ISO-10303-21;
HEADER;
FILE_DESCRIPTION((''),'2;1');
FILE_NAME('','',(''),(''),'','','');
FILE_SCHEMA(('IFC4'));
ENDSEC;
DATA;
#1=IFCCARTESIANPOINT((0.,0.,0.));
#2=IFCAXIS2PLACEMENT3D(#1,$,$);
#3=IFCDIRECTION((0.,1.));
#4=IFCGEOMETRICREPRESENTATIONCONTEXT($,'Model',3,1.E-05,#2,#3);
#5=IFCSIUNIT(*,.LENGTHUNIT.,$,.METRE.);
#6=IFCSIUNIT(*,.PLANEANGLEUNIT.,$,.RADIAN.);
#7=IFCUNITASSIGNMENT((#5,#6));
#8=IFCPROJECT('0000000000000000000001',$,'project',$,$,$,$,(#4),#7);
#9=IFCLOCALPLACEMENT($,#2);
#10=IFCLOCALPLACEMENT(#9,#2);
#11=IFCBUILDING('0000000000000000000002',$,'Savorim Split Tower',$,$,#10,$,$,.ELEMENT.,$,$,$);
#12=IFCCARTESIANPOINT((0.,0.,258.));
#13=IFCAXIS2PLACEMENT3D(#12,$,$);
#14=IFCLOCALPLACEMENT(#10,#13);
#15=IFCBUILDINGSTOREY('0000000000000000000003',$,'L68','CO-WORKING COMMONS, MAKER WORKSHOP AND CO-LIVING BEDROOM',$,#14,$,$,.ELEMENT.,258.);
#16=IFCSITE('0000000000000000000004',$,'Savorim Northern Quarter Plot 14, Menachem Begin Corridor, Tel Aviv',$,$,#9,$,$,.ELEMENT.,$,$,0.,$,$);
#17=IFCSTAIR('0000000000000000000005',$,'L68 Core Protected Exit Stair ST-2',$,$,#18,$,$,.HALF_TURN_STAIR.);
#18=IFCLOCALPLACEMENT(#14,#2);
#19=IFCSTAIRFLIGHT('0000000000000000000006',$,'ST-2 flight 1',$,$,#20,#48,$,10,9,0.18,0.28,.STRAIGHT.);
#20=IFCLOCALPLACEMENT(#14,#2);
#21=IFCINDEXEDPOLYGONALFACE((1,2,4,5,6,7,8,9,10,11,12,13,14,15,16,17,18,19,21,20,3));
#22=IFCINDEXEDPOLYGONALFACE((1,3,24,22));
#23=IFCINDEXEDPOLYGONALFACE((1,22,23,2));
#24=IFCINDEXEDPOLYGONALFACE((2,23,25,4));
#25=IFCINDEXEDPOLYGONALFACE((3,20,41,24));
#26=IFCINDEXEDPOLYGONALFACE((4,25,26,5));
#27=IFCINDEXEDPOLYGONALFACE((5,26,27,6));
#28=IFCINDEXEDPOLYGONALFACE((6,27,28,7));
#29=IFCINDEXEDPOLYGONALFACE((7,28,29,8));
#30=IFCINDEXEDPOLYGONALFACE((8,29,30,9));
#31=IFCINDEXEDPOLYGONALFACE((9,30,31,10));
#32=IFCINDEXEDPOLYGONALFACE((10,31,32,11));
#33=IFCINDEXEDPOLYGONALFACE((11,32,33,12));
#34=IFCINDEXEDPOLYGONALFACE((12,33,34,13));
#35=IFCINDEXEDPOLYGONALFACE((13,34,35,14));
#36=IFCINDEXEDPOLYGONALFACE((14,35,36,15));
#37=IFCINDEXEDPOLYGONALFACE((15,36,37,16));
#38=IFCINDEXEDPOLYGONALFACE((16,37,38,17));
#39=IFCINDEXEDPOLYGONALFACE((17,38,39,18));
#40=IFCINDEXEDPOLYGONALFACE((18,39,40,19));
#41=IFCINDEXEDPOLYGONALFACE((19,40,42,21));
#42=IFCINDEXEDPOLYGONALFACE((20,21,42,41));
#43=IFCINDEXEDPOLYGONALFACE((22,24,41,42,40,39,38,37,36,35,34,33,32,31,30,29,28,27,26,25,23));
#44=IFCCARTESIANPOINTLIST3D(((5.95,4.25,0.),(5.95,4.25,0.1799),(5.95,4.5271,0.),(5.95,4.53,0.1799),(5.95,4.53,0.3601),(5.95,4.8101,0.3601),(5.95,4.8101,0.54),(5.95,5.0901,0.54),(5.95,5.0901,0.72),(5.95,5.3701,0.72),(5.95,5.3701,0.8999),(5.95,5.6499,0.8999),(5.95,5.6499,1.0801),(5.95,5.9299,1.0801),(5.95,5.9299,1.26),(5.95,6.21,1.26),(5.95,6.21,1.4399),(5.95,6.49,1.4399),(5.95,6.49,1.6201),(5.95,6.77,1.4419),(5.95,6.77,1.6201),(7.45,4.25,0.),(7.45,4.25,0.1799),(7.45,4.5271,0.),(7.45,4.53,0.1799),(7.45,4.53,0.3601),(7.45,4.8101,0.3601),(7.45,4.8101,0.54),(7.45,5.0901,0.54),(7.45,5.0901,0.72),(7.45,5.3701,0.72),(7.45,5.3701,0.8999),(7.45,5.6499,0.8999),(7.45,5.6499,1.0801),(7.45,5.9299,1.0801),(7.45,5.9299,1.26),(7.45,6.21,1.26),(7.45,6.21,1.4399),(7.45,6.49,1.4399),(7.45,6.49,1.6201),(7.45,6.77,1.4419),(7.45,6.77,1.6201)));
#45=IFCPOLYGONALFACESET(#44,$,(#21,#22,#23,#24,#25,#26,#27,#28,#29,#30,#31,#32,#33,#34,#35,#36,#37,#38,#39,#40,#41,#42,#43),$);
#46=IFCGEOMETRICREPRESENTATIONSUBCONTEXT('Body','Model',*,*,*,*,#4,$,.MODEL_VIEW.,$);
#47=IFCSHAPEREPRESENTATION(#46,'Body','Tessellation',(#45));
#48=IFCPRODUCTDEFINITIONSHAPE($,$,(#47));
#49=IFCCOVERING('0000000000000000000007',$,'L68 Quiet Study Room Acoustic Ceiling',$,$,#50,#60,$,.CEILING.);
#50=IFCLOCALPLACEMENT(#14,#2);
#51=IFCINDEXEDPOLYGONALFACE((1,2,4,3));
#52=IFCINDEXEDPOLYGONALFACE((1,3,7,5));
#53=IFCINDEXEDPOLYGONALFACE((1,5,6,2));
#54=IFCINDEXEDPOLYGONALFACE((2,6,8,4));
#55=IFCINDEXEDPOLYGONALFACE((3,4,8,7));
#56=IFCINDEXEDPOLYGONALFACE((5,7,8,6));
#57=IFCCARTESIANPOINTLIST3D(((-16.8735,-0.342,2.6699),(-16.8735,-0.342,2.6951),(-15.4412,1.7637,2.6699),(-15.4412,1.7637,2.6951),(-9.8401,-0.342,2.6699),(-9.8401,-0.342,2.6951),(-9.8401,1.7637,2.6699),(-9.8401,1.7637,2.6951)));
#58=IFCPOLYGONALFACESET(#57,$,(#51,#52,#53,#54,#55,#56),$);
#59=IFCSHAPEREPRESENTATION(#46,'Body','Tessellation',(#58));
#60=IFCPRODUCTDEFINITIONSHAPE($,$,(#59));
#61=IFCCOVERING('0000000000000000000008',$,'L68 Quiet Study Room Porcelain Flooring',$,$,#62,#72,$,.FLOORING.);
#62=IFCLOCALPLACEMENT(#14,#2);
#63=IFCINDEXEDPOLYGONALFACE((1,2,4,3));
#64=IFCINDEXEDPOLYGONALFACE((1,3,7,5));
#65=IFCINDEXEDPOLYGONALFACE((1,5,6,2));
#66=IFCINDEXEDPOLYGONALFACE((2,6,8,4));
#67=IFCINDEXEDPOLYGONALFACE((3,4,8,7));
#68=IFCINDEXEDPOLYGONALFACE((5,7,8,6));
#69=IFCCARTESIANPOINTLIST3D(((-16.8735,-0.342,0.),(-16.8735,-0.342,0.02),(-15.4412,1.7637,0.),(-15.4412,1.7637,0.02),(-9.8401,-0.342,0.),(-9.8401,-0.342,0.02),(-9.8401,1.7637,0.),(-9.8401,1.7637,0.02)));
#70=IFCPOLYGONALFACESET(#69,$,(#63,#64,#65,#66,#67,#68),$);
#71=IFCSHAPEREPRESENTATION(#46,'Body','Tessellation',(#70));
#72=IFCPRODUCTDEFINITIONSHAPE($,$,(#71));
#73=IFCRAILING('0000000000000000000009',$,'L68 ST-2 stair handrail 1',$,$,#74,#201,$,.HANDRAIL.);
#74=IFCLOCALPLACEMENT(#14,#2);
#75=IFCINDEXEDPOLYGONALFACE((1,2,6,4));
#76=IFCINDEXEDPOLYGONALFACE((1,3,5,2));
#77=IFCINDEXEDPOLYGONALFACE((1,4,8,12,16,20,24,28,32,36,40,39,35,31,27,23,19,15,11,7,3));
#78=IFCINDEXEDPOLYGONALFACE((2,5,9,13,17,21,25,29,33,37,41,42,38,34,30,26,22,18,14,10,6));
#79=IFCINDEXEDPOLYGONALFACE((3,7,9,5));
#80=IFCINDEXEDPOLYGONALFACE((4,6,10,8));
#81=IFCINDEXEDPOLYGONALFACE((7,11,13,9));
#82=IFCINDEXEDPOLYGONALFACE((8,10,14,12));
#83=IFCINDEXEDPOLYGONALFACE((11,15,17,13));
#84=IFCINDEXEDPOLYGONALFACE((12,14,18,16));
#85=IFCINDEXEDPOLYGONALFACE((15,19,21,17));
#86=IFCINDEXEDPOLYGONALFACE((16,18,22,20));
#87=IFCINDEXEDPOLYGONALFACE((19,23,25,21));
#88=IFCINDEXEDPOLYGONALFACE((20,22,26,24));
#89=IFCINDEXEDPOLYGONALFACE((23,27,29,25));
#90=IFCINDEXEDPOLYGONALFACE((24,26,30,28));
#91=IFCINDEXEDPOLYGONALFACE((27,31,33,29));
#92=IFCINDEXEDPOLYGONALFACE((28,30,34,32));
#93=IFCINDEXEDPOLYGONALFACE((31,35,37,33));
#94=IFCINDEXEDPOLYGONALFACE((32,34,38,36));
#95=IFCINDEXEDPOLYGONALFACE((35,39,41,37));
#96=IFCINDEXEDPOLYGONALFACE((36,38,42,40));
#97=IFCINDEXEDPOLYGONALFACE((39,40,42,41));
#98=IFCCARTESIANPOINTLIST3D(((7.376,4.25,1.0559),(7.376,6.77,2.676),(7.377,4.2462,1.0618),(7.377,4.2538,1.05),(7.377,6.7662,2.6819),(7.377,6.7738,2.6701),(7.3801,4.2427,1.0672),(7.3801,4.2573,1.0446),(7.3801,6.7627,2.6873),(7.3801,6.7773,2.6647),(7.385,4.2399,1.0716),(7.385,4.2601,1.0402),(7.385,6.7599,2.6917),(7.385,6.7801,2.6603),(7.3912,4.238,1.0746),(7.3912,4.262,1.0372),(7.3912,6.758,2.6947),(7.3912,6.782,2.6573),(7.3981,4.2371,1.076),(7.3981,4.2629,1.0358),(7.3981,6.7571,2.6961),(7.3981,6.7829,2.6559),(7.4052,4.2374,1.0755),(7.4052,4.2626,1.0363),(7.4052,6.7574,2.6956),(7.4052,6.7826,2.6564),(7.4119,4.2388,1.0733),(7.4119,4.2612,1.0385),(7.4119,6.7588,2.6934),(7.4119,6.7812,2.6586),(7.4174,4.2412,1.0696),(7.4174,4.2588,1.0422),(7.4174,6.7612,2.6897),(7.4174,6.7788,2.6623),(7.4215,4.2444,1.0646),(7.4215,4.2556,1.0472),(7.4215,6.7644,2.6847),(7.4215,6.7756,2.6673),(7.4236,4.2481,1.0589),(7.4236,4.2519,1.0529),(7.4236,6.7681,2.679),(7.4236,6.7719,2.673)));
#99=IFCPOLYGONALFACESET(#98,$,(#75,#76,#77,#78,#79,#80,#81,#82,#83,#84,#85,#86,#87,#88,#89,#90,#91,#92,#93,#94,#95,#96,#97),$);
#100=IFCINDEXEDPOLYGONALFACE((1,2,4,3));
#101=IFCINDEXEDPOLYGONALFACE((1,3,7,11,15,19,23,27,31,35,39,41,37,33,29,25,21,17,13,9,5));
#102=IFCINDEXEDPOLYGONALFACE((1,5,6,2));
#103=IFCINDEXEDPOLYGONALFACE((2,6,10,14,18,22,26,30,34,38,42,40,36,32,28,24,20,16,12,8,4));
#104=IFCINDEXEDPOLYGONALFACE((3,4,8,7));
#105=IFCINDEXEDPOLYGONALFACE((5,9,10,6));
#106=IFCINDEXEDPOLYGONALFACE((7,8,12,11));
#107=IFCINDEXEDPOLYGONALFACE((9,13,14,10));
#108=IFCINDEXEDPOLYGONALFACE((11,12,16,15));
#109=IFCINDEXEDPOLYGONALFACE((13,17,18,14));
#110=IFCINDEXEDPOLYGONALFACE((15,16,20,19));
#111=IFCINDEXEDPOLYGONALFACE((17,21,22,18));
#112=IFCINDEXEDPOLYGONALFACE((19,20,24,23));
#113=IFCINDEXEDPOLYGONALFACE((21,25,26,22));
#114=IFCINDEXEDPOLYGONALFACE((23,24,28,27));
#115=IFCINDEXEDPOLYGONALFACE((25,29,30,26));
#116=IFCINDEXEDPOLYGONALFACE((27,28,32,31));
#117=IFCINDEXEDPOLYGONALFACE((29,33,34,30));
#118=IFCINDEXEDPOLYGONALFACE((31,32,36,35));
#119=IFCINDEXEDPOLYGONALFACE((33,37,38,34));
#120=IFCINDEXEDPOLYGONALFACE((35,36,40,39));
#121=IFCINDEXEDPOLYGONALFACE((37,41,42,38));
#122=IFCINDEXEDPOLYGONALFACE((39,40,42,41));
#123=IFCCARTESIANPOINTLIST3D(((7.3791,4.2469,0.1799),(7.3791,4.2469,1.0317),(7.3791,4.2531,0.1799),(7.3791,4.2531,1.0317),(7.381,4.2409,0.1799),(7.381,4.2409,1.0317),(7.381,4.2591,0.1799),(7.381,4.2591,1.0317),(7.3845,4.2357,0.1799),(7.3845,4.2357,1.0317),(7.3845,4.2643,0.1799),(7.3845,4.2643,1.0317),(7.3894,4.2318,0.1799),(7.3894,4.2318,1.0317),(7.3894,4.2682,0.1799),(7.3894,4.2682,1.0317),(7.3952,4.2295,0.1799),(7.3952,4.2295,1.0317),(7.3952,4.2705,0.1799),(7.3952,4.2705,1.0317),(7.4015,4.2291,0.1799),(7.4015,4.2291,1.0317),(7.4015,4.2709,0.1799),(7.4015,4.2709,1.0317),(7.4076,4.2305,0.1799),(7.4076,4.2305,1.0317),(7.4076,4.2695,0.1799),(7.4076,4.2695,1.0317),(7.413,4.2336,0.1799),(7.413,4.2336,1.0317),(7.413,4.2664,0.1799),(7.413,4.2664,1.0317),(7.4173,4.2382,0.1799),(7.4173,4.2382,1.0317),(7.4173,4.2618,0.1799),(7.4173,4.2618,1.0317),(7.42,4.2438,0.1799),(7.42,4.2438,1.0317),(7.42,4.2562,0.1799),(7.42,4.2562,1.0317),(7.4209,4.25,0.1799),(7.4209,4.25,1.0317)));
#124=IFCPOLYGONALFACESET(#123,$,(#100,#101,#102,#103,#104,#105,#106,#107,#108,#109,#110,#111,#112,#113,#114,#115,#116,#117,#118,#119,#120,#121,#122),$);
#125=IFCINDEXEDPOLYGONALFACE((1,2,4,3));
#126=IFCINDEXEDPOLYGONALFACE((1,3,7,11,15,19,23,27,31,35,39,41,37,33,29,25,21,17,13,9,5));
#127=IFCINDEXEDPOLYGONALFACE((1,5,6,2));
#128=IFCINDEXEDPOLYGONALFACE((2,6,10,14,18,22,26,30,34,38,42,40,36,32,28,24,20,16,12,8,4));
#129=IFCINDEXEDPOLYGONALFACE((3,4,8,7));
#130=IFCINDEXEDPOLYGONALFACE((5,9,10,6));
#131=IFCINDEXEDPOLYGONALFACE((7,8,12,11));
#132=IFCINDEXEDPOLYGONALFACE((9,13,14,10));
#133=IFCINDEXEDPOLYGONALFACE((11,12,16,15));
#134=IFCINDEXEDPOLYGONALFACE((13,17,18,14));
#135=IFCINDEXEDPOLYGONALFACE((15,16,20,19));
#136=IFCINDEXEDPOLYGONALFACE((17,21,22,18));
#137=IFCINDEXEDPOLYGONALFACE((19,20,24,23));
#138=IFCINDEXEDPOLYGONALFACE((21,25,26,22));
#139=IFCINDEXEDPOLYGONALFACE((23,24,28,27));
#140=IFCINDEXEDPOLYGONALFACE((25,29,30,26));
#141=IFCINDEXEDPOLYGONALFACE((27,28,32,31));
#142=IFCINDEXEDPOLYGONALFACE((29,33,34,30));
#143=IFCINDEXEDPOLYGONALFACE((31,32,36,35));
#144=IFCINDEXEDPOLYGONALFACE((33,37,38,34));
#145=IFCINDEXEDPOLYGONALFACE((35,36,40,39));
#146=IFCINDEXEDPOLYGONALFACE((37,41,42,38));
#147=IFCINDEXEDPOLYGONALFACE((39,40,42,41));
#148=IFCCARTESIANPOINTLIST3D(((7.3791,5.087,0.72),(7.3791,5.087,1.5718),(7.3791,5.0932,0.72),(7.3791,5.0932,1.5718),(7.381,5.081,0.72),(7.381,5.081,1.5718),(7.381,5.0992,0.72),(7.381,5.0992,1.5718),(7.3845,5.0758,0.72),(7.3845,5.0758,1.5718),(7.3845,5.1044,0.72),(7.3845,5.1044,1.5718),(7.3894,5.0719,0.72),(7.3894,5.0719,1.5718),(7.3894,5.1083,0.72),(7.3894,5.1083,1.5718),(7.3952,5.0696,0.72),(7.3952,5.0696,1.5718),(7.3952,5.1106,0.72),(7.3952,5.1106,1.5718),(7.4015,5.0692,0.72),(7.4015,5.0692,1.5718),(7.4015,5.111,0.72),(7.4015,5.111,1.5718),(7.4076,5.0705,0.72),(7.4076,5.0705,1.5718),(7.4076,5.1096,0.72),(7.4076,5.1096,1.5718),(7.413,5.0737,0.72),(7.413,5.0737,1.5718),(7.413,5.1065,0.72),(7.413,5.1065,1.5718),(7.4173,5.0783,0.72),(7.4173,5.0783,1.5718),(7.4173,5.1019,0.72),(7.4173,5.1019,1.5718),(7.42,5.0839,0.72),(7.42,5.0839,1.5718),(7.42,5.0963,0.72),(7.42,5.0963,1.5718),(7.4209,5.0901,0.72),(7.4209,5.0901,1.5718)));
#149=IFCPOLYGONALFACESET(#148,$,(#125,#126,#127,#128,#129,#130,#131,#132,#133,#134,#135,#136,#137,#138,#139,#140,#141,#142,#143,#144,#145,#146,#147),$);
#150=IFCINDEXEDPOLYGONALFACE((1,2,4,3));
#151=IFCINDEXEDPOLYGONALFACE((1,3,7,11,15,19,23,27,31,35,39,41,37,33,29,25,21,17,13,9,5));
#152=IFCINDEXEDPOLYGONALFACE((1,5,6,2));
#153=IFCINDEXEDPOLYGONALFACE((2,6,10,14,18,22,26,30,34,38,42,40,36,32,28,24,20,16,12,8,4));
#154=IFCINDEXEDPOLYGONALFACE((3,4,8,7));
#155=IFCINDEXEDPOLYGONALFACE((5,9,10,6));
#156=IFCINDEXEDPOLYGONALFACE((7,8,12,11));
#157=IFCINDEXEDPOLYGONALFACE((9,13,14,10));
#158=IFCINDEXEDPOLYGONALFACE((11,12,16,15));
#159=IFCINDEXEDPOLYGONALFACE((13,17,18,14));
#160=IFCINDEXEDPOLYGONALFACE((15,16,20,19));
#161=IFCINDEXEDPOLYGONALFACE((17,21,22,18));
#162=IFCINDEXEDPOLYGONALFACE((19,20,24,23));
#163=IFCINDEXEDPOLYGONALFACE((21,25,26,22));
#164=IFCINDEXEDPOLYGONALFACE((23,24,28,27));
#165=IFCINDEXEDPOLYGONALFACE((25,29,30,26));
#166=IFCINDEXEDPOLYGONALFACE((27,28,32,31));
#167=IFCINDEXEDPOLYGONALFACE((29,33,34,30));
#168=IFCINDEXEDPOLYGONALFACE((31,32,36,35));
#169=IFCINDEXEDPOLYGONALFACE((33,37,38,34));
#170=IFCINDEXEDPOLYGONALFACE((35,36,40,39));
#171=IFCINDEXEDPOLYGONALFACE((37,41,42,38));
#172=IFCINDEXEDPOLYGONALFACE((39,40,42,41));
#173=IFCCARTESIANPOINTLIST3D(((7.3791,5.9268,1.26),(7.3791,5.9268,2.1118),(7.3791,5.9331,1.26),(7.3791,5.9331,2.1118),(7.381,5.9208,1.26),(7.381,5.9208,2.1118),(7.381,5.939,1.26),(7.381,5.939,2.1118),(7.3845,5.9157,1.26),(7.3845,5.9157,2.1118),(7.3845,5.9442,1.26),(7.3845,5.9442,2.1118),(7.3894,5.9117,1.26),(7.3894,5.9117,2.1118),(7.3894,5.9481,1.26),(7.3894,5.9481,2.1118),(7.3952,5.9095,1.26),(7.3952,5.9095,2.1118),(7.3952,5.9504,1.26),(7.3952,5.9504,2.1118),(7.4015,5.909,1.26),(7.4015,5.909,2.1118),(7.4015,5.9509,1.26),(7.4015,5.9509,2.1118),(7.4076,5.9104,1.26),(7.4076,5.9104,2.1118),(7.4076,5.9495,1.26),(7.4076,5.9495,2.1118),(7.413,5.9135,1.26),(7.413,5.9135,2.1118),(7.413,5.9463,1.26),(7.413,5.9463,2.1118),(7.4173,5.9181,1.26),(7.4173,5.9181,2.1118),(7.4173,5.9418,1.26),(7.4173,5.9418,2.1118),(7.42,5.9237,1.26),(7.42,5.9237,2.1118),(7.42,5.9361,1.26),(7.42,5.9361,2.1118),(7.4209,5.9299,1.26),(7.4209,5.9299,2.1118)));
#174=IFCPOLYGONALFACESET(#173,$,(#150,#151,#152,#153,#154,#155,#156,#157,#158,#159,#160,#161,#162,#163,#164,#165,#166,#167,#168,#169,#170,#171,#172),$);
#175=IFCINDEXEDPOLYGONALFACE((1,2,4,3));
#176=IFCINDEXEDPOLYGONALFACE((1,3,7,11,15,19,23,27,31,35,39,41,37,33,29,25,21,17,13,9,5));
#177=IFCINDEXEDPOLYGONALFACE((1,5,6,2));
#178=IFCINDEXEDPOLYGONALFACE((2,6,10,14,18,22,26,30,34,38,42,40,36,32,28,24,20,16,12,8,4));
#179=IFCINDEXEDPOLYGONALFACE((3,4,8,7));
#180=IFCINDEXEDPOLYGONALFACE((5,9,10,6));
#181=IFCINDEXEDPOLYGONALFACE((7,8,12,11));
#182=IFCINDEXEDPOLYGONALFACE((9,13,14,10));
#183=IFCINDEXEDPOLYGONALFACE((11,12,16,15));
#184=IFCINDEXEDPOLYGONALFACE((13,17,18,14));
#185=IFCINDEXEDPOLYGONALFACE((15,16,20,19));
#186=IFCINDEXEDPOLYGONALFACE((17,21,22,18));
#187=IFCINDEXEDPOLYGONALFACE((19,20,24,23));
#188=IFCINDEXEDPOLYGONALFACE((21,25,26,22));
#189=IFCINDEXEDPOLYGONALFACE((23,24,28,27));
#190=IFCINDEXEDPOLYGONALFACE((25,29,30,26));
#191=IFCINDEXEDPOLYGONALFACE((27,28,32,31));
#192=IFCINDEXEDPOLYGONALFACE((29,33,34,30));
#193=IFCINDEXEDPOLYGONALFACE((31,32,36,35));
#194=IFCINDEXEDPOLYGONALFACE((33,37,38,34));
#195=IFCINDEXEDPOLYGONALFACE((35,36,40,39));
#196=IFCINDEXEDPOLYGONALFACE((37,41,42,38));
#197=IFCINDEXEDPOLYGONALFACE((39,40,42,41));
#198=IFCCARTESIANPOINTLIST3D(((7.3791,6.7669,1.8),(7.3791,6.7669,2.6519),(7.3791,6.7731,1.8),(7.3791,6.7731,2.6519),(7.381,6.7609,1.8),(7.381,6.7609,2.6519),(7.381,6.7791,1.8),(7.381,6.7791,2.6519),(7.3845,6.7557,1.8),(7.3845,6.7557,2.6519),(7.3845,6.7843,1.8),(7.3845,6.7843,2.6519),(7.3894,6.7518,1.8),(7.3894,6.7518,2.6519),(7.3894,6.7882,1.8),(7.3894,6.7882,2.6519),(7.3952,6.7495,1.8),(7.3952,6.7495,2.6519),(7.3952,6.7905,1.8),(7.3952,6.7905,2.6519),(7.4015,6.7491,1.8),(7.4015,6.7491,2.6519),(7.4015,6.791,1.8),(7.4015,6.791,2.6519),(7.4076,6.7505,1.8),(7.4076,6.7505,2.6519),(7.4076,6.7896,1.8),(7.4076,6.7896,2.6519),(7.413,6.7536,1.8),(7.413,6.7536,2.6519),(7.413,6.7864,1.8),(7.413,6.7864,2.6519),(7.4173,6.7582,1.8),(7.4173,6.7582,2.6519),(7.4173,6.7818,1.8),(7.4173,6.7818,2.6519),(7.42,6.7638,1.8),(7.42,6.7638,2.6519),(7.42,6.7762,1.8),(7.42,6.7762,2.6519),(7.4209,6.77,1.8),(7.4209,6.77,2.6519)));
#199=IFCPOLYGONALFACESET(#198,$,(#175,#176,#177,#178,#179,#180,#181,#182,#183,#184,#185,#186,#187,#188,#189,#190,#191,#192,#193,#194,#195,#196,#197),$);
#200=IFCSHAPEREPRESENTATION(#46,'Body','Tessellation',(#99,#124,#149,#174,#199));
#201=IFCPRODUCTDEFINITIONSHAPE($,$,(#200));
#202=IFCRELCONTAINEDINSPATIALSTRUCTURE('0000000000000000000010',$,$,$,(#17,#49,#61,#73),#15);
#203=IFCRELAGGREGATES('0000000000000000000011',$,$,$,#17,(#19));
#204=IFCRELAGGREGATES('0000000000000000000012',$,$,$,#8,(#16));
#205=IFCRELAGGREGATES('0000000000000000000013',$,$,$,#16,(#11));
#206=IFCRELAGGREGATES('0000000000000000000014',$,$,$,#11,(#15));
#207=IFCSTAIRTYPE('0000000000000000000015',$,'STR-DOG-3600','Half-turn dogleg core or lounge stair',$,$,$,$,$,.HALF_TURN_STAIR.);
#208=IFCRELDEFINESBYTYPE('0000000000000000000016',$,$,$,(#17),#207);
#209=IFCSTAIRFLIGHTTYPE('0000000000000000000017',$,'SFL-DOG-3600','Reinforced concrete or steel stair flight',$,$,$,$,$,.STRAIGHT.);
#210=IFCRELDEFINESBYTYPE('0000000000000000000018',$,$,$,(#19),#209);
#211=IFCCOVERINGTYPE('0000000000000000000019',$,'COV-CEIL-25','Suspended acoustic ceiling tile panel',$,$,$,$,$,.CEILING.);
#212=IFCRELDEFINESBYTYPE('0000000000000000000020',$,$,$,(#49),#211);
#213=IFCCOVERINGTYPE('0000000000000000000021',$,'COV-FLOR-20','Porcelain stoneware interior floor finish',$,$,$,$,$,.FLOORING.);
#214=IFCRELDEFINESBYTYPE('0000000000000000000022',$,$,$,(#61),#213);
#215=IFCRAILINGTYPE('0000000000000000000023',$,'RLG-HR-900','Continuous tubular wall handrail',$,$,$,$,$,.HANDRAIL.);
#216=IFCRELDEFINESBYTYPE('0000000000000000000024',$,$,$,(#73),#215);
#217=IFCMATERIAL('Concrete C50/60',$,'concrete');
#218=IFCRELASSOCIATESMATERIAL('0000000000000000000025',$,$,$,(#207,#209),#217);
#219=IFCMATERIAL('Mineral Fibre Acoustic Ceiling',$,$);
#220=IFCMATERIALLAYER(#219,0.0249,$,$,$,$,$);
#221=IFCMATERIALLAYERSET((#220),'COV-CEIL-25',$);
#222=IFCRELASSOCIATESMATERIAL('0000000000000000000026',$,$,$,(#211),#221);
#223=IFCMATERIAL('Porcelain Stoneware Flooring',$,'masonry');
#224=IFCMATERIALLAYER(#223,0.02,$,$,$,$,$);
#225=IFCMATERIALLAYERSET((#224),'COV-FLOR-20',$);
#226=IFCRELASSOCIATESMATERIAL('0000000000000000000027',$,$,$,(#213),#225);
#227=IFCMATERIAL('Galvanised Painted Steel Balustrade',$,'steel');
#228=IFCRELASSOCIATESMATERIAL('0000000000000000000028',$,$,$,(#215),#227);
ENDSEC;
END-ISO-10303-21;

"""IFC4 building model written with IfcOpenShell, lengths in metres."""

from ifc_helpers import new_model, si_unit, direction, frame, origin, origin_2d, place, context, subcontext, project, spatial, polyline, circle, outline, extrude, material, layer, layer_set, type_object, element, aggregate, save


model = new_model("IFC4")

# Units and contexts
model_context = context("Model", 3, precision=1e-05, world=origin(), true_north=direction((0.0, 1.0)))
body_context = subcontext(model_context, "Body", "Model", "MODEL_VIEW")
ifc_project = project(units=[si_unit("LENGTHUNIT", "METRE"), si_unit("PLANEANGLEUNIT", "RADIAN")], contexts=[model_context])

# Site, building, storey
site_placement = place(None, origin())
site = spatial("IfcSite", under=ifc_project, at=site_placement, Name="Savorim Northern Quarter Plot 14, Menachem Begin Corridor, Tel Aviv", CompositionType="ELEMENT", RefElevation=0.0)
building_placement = place(site_placement, origin())
building = spatial("IfcBuilding", under=site, at=building_placement, Name="Savorim Split Tower", CompositionType="ELEMENT")
storey_placement = place(building_placement, frame((0.0, 0.0, 258.0)))
storey = spatial("IfcBuildingStorey", under=building, at=storey_placement, Name="L68", Description="CO-WORKING COMMONS, MAKER WORKSHOP AND CO-LIVING BEDROOM", CompositionType="ELEMENT", Elevation=258.0)

# Shared definitions
ifc_material_1 = material(Name="Concrete C50/60", Category="concrete")

# Stair, stair flight
stair_type = type_object("IfcStairType", Name="STR-DOG-3600", Description="Half-turn dogleg core or lounge stair", PredefinedType="HALF_TURN_STAIR", material=ifc_material_1)
stair_placement = place(storey_placement, origin())
stair = element("IfcStair", 1, at=stair_placement, inside=storey, type_object=stair_type, Name="L68 Core Protected Exit Stair ST-2", PredefinedType="HALF_TURN_STAIR")
stair_flight_type = type_object("IfcStairFlightType", Name="SFL-DOG-3600", Description="Reinforced concrete or steel stair flight", PredefinedType="STRAIGHT", material=ifc_material_1)
stair_flight_placement = place(storey_placement, frame((6.7, 4.25, 0.0), z_axis=(0.0, 0.0, 1.0), x_axis=(0.0, 1.0, 0.0)))
stair_flight = element("IfcStairFlight", 2, at=stair_flight_placement, type_object=stair_flight_type, Name="ST-2 flight 1", NumberOfRisers=10, NumberOfTreads=9, PredefinedType="STRAIGHT", RiserHeight=0.18, TreadLength=0.28, context=body_context, shape_type="SweptSolid", body=[
    extrude(outline(polyline([(0.0, 0.0), (0.0, 0.1799), (0.28, 0.1799), (0.28, 0.3601), (0.5601, 0.3601), (0.5601, 0.54), (0.8401, 0.54), (0.8401, 0.72), (1.1201, 0.72), (1.1201, 0.8999), (1.3999, 0.8999), (1.3999, 1.0801), (1.6799, 1.0801), (1.6799, 1.26), (1.96, 1.26), (1.96, 1.4399), (2.24, 1.4399), (2.24, 1.6201), (2.52, 1.6201), (2.52, 1.8), (2.52, 1.4419), (0.2771, 0.0), (0.0, 0.0)])), frame((0.0, 0.75, 0.0), z_axis=(0.0, -1.0, 0.0), x_axis=(1.0, 0.0, 0.0)), (0.0, 0.0, 1.0), 1.5),
])
aggregate(stair, [stair_flight])

# Coverings
ifc_material_2 = material(Name="Mineral Fibre Acoustic Ceiling")
ifc_layer_1 = layer(ifc_material_2, 0.0249)
ifc_layer_set_1 = layer_set([ifc_layer_1], Name="COV-CEIL-25")
covering_type_1 = type_object("IfcCoveringType", Name="COV-CEIL-25", Description="Suspended acoustic ceiling tile panel", PredefinedType="CEILING", material=ifc_layer_set_1)
covering_1_placement = place(storey_placement, frame((0.0, 0.0, 2.6699)))
element("IfcCovering", 3, at=covering_1_placement, inside=storey, type_object=covering_type_1, Name="L68 Quiet Study Room Acoustic Ceiling", PredefinedType="CEILING", context=body_context, shape_type="SweptSolid", body=[
    extrude(outline(polyline([(-15.4412, 1.7637), (-16.8735, -0.342), (-9.8401, -0.342), (-9.8401, 1.7637), (-15.4412, 1.7637)])), origin(), (0.0, 0.0, 1.0), 0.0251),
])
ifc_material_3 = material(Name="Porcelain Stoneware Flooring", Category="masonry")
ifc_layer_2 = layer(ifc_material_3, 0.02)
ifc_layer_set_2 = layer_set([ifc_layer_2], Name="COV-FLOR-20")
covering_type_2 = type_object("IfcCoveringType", Name="COV-FLOR-20", Description="Porcelain stoneware interior floor finish", PredefinedType="FLOORING", material=ifc_layer_set_2)
covering_2_placement = place(storey_placement, origin())
element("IfcCovering", 4, at=covering_2_placement, inside=storey, type_object=covering_type_2, Name="L68 Quiet Study Room Porcelain Flooring", PredefinedType="FLOORING", context=body_context, shape_type="SweptSolid", body=[
    extrude(outline(polyline([(-15.4412, 1.7637), (-16.8735, -0.342), (-9.8401, -0.342), (-9.8401, 1.7637), (-15.4412, 1.7637)])), origin(), (0.0, 0.0, 1.0), 0.02),
])

# Railing
ifc_material_4 = material(Name="Galvanised Painted Steel Balustrade", Category="steel")
railing_type_1 = type_object("IfcRailingType", Name="RLG-HR-900", Description="Continuous tubular wall handrail", PredefinedType="HANDRAIL", material=ifc_material_4)
railing_1_placement = place(storey_placement, frame((7.3999, 4.25, 0.1799)))
element("IfcRailing", 5, at=railing_1_placement, inside=storey, type_object=railing_type_1, Name="L68 ST-2 stair handrail 1", PredefinedType="HANDRAIL", context=body_context, shape_type="SweptSolid", body=[
    extrude(circle(Radius=0.0239, at=origin_2d()), frame((0.0, 0.0, 0.876), z_axis=(0.0, 0.841163, 0.540782), x_axis=(-1.0, 0.0, 0.0)), (0.0, 0.0, 1.0), 2.9958),
    extrude(circle(Radius=0.021, at=origin_2d()), origin(), (0.0, 0.0, 1.0), 0.8518),
    extrude(circle(Radius=0.021, at=origin_2d()), frame((0.0, 0.8401, 0.54)), (0.0, 0.0, 1.0), 0.8518),
    extrude(circle(Radius=0.021, at=origin_2d()), frame((0.0, 1.6799, 1.0801)), (0.0, 0.0, 1.0), 0.8518),
    extrude(circle(Radius=0.021, at=origin_2d()), frame((0.0, 2.52, 1.6201)), (0.0, 0.0, 1.0), 0.8518),
])

save(model, "model.ifc")
